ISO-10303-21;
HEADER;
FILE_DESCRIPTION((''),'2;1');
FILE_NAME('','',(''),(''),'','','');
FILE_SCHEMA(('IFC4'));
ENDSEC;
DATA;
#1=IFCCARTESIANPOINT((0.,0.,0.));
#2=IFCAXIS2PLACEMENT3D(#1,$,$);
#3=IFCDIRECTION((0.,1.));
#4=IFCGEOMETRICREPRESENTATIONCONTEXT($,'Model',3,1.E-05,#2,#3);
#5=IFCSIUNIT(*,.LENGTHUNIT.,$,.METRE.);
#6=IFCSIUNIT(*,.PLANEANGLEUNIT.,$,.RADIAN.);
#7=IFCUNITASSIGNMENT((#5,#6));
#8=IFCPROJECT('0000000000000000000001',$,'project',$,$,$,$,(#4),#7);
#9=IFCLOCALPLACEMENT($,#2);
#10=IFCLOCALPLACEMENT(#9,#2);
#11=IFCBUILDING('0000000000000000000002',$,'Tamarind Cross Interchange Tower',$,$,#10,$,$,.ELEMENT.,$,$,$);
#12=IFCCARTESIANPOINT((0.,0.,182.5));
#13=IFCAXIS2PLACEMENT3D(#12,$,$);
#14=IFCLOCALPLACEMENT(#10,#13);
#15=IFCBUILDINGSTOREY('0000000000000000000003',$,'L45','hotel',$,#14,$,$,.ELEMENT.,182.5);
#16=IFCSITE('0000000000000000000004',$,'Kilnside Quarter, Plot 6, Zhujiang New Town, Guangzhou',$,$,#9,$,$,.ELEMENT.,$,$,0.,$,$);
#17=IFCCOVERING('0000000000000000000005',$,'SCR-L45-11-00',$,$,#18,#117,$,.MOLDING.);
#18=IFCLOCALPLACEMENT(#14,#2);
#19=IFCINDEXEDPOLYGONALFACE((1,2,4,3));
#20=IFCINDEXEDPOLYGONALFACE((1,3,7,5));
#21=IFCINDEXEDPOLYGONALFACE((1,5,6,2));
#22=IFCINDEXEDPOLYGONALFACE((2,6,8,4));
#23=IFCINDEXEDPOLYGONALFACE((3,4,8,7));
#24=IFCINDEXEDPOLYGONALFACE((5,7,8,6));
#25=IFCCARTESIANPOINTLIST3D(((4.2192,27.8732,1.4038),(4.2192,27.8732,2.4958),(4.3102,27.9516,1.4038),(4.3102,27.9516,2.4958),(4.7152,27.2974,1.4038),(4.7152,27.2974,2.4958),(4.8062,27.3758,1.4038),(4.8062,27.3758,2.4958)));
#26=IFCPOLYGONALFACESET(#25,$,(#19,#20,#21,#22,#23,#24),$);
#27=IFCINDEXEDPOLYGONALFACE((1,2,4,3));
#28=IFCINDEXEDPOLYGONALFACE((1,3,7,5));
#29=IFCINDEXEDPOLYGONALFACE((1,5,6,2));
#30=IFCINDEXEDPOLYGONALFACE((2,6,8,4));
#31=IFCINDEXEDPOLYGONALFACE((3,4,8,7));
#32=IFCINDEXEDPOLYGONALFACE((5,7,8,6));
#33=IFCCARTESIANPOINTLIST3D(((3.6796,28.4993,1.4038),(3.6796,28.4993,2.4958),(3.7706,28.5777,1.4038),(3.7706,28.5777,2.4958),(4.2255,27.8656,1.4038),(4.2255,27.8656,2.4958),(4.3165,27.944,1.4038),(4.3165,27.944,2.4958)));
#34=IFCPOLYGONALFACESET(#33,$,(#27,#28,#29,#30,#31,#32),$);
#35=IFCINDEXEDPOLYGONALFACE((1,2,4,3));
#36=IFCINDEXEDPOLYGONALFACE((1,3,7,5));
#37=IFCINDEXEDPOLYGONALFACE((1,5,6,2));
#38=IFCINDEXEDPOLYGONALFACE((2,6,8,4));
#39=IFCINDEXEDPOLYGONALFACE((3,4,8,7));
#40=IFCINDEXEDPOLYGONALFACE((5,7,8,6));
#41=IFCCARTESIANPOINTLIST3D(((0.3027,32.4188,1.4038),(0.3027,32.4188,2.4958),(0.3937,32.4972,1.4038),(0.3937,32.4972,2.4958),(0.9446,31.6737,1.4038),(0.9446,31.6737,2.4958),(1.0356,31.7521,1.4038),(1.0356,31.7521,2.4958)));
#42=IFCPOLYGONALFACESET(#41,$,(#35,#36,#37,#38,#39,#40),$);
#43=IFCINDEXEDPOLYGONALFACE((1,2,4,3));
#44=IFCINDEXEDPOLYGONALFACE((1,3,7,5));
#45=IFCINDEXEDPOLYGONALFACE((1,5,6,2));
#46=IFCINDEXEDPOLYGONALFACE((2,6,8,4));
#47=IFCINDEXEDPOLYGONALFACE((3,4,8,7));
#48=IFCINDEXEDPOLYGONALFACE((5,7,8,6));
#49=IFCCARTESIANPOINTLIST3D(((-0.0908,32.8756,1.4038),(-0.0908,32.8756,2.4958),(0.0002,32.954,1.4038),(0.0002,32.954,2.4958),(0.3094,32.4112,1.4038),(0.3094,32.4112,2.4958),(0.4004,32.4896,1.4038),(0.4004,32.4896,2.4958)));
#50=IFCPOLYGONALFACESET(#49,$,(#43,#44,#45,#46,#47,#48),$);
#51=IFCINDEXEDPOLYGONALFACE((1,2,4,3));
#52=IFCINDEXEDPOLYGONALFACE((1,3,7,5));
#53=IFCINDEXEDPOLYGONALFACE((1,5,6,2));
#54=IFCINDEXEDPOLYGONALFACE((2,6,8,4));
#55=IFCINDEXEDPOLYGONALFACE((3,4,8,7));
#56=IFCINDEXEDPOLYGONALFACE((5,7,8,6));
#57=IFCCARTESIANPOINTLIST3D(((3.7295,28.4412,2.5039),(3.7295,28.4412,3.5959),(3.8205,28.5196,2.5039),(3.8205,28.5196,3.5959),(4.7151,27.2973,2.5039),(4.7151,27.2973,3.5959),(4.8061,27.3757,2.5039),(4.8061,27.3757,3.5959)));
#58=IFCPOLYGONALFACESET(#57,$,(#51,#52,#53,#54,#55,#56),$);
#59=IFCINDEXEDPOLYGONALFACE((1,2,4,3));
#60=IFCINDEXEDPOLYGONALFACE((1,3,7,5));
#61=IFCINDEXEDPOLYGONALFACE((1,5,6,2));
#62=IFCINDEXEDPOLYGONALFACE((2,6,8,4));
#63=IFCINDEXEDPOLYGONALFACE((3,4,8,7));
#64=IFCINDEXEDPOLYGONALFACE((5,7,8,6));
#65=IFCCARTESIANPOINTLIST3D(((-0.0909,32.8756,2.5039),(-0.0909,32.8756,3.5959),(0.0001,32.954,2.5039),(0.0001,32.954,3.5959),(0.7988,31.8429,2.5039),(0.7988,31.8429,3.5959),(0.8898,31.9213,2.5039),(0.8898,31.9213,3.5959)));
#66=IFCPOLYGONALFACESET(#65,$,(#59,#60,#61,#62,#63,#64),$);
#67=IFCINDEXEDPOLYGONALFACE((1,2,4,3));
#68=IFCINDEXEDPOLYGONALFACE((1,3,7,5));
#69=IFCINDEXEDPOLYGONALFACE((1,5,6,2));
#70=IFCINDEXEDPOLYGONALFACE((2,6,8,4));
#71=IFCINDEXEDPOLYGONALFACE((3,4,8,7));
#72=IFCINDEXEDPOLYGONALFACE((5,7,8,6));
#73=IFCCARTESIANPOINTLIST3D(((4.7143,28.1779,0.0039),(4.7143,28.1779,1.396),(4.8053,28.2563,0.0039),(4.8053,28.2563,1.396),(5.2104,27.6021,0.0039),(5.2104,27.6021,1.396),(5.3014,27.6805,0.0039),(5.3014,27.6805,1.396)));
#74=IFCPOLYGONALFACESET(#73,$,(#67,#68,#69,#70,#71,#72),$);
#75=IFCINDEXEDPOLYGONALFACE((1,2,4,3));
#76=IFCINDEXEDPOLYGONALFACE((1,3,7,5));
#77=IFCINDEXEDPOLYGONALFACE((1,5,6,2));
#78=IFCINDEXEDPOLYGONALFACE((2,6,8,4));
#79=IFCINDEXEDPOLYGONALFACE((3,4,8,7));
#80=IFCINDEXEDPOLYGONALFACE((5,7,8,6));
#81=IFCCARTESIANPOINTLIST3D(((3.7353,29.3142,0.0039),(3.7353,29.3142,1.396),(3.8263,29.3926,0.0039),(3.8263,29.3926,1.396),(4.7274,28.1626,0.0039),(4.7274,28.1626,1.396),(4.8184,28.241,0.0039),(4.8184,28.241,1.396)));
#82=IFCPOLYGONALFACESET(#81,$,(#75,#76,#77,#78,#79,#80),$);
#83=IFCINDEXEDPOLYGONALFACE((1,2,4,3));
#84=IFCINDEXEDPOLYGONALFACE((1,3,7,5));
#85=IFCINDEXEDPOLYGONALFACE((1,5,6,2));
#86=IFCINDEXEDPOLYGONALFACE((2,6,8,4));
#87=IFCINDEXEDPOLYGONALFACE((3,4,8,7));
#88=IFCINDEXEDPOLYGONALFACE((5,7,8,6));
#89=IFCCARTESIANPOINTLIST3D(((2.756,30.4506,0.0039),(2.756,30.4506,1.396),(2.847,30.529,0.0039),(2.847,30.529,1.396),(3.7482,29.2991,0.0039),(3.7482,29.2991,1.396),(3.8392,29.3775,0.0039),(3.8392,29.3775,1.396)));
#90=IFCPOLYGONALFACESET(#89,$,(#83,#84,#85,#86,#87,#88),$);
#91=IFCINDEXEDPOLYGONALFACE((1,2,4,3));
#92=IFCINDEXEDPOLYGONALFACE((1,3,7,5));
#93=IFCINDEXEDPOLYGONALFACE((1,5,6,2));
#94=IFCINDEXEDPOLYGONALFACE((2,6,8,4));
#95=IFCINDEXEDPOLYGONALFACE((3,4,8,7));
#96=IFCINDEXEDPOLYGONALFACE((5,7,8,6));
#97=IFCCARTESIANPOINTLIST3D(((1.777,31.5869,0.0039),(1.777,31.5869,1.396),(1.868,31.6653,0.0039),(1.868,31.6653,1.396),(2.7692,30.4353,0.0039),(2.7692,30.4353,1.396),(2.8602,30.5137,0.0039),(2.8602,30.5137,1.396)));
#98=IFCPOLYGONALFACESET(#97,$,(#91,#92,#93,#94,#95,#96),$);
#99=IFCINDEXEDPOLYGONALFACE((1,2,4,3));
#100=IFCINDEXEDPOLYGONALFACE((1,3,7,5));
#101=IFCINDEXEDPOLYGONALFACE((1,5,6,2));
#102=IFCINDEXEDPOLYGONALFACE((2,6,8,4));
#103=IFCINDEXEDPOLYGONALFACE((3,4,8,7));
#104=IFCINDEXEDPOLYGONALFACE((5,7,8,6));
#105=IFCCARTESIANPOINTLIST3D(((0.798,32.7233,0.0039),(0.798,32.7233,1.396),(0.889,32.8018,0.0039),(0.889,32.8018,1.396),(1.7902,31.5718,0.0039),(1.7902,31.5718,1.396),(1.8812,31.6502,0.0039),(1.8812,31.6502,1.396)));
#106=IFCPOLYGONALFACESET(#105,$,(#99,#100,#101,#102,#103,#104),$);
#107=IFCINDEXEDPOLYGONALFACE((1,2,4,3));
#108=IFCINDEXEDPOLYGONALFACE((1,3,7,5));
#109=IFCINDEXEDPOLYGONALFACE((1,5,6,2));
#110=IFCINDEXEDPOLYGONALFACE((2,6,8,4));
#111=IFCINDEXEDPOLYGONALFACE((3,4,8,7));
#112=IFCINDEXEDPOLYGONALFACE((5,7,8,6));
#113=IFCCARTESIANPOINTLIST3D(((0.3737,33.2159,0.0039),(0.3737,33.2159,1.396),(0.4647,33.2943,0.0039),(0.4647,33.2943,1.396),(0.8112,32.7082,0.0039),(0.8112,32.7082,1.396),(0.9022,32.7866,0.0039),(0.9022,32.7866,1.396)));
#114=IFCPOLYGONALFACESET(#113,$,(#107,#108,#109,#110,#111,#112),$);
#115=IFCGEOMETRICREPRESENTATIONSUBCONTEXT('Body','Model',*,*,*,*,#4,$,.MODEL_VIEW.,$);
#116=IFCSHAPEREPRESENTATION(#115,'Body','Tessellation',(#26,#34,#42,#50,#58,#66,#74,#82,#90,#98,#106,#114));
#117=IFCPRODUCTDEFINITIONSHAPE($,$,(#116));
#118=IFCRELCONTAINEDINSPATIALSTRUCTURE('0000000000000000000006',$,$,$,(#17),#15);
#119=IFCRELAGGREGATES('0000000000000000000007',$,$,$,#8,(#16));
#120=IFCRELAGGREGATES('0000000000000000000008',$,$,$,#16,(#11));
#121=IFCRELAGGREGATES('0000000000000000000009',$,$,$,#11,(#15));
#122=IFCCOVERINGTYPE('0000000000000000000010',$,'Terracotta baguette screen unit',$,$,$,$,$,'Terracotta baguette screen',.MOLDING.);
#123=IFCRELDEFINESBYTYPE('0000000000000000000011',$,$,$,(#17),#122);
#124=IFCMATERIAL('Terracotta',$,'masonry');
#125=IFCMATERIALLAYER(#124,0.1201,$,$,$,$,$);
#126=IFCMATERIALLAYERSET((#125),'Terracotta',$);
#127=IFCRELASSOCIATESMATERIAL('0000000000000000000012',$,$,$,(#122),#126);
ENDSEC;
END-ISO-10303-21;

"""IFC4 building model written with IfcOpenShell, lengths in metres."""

from ifc_helpers import new_model, si_unit, direction, frame, origin, origin_2d, place, context, subcontext, project, spatial, rectangle, extrude, material, layer, layer_set, type_object, element, save


model = new_model("IFC4")

# Units and contexts
model_context = context("Model", 3, precision=1e-05, world=origin(), true_north=direction((0.0, 1.0)))
body_context = subcontext(model_context, "Body", "Model", "MODEL_VIEW")
ifc_project = project(units=[si_unit("LENGTHUNIT", "METRE"), si_unit("PLANEANGLEUNIT", "RADIAN")], contexts=[model_context])

# Site, building, storey
site_placement = place(None, origin())
site = spatial("IfcSite", under=ifc_project, at=site_placement, Name="Kilnside Quarter, Plot 6, Zhujiang New Town, Guangzhou", CompositionType="ELEMENT", RefElevation=0.0)
building_placement = place(site_placement, origin())
building = spatial("IfcBuilding", under=site, at=building_placement, Name="Tamarind Cross Interchange Tower", CompositionType="ELEMENT")
storey_placement = place(building_placement, frame((0.0, 0.0, 182.5)))
storey = spatial("IfcBuildingStorey", under=building, at=storey_placement, Name="L45", Description="hotel", CompositionType="ELEMENT", Elevation=182.5)

# Covering
ifc_material_1 = material(Name="Terracotta", Category="masonry")
ifc_layer_1 = layer(ifc_material_1, 0.1201)
ifc_layer_set_1 = layer_set([ifc_layer_1], Name="Terracotta")
covering_type = type_object("IfcCoveringType", Name="Terracotta baguette screen unit", ElementType="Terracotta baguette screen", PredefinedType="MOLDING", material=ifc_layer_set_1)
covering_1_placement = place(storey_placement, origin())
element("IfcCovering", 1, at=covering_1_placement, inside=storey, type_object=covering_type, Name="SCR-L45-11-00", PredefinedType="MOLDING", context=body_context, shape_type="SweptSolid", body=[
    extrude(rectangle(XDim=0.76, YDim=0.1201, at=origin_2d()), frame((4.5127, 27.6245, 1.4038), z_axis=(0.0, 0.0, 1.0), x_axis=(-0.652723, 0.757597, 0.0)), (0.0, 0.0, 1.0), 1.092),
    extrude(rectangle(XDim=0.8364, YDim=0.1201, at=origin_2d()), frame((3.998, 28.2217, 1.4038), z_axis=(0.0, 0.0, 1.0), x_axis=(-0.652723, 0.757597, 0.0)), (0.0, 0.0, 1.0), 1.092),
    extrude(rectangle(XDim=0.9834, YDim=0.1201, at=origin_2d()), frame((0.6692, 32.0854, 1.4038), z_axis=(0.0, 0.0, 1.0), x_axis=(-0.652723, 0.757597, 0.0)), (0.0, 0.0, 1.0), 1.092),
    extrude(rectangle(XDim=0.613, YDim=0.1201, at=origin_2d()), frame((0.1548, 32.6826, 1.4038), z_axis=(0.0, 0.0, 1.0), x_axis=(-0.652723, 0.757597, 0.0)), (0.0, 0.0, 1.0), 1.092),
    extrude(rectangle(XDim=1.51, YDim=0.1201, at=origin_2d()), frame((4.2678, 27.9084, 2.5039), z_axis=(0.0, 0.0, 1.0), x_axis=(-0.652723, 0.757597, 0.0)), (0.0, 0.0, 1.0), 1.092),
    extrude(rectangle(XDim=1.363, YDim=0.1201, at=origin_2d()), frame((0.3994, 32.3984, 2.5039), z_axis=(0.0, 0.0, 1.0), x_axis=(-0.652723, 0.757597, 0.0)), (0.0, 0.0, 1.0), 1.092),
    extrude(rectangle(XDim=0.76, YDim=0.1201, at=origin_2d()), frame((5.0078, 27.9292, 0.0039), z_axis=(0.0, 0.0, 1.0), x_axis=(-0.652723, 0.757597, 0.0)), (0.0, 0.0, 1.0), 1.3921),
    extrude(rectangle(XDim=1.52, YDim=0.1201, at=origin_2d()), frame((4.2769, 28.7776, 0.0039), z_axis=(0.0, 0.0, 1.0), x_axis=(-0.652723, 0.757597, 0.0)), (0.0, 0.0, 1.0), 1.3921),
    extrude(rectangle(XDim=1.52, YDim=0.1201, at=origin_2d()), frame((3.2976, 29.9141, 0.0039), z_axis=(0.0, 0.0, 1.0), x_axis=(-0.652723, 0.757597, 0.0)), (0.0, 0.0, 1.0), 1.3921),
    extrude(rectangle(XDim=1.52, YDim=0.1201, at=origin_2d()), frame((2.3186, 31.0503, 0.0039), z_axis=(0.0, 0.0, 1.0), x_axis=(-0.652723, 0.757597, 0.0)), (0.0, 0.0, 1.0), 1.3921),
    extrude(rectangle(XDim=1.52, YDim=0.1201, at=origin_2d()), frame((1.3396, 32.1868, 0.0039), z_axis=(0.0, 0.0, 1.0), x_axis=(-0.652723, 0.757597, 0.0)), (0.0, 0.0, 1.0), 1.3921),
    extrude(rectangle(XDim=0.6702, YDim=0.1201, at=origin_2d()), frame((0.6379, 33.0012, 0.0039), z_axis=(0.0, 0.0, 1.0), x_axis=(-0.652723, 0.757597, 0.0)), (0.0, 0.0, 1.0), 1.3921),
])

save(model, "model.ifc")
